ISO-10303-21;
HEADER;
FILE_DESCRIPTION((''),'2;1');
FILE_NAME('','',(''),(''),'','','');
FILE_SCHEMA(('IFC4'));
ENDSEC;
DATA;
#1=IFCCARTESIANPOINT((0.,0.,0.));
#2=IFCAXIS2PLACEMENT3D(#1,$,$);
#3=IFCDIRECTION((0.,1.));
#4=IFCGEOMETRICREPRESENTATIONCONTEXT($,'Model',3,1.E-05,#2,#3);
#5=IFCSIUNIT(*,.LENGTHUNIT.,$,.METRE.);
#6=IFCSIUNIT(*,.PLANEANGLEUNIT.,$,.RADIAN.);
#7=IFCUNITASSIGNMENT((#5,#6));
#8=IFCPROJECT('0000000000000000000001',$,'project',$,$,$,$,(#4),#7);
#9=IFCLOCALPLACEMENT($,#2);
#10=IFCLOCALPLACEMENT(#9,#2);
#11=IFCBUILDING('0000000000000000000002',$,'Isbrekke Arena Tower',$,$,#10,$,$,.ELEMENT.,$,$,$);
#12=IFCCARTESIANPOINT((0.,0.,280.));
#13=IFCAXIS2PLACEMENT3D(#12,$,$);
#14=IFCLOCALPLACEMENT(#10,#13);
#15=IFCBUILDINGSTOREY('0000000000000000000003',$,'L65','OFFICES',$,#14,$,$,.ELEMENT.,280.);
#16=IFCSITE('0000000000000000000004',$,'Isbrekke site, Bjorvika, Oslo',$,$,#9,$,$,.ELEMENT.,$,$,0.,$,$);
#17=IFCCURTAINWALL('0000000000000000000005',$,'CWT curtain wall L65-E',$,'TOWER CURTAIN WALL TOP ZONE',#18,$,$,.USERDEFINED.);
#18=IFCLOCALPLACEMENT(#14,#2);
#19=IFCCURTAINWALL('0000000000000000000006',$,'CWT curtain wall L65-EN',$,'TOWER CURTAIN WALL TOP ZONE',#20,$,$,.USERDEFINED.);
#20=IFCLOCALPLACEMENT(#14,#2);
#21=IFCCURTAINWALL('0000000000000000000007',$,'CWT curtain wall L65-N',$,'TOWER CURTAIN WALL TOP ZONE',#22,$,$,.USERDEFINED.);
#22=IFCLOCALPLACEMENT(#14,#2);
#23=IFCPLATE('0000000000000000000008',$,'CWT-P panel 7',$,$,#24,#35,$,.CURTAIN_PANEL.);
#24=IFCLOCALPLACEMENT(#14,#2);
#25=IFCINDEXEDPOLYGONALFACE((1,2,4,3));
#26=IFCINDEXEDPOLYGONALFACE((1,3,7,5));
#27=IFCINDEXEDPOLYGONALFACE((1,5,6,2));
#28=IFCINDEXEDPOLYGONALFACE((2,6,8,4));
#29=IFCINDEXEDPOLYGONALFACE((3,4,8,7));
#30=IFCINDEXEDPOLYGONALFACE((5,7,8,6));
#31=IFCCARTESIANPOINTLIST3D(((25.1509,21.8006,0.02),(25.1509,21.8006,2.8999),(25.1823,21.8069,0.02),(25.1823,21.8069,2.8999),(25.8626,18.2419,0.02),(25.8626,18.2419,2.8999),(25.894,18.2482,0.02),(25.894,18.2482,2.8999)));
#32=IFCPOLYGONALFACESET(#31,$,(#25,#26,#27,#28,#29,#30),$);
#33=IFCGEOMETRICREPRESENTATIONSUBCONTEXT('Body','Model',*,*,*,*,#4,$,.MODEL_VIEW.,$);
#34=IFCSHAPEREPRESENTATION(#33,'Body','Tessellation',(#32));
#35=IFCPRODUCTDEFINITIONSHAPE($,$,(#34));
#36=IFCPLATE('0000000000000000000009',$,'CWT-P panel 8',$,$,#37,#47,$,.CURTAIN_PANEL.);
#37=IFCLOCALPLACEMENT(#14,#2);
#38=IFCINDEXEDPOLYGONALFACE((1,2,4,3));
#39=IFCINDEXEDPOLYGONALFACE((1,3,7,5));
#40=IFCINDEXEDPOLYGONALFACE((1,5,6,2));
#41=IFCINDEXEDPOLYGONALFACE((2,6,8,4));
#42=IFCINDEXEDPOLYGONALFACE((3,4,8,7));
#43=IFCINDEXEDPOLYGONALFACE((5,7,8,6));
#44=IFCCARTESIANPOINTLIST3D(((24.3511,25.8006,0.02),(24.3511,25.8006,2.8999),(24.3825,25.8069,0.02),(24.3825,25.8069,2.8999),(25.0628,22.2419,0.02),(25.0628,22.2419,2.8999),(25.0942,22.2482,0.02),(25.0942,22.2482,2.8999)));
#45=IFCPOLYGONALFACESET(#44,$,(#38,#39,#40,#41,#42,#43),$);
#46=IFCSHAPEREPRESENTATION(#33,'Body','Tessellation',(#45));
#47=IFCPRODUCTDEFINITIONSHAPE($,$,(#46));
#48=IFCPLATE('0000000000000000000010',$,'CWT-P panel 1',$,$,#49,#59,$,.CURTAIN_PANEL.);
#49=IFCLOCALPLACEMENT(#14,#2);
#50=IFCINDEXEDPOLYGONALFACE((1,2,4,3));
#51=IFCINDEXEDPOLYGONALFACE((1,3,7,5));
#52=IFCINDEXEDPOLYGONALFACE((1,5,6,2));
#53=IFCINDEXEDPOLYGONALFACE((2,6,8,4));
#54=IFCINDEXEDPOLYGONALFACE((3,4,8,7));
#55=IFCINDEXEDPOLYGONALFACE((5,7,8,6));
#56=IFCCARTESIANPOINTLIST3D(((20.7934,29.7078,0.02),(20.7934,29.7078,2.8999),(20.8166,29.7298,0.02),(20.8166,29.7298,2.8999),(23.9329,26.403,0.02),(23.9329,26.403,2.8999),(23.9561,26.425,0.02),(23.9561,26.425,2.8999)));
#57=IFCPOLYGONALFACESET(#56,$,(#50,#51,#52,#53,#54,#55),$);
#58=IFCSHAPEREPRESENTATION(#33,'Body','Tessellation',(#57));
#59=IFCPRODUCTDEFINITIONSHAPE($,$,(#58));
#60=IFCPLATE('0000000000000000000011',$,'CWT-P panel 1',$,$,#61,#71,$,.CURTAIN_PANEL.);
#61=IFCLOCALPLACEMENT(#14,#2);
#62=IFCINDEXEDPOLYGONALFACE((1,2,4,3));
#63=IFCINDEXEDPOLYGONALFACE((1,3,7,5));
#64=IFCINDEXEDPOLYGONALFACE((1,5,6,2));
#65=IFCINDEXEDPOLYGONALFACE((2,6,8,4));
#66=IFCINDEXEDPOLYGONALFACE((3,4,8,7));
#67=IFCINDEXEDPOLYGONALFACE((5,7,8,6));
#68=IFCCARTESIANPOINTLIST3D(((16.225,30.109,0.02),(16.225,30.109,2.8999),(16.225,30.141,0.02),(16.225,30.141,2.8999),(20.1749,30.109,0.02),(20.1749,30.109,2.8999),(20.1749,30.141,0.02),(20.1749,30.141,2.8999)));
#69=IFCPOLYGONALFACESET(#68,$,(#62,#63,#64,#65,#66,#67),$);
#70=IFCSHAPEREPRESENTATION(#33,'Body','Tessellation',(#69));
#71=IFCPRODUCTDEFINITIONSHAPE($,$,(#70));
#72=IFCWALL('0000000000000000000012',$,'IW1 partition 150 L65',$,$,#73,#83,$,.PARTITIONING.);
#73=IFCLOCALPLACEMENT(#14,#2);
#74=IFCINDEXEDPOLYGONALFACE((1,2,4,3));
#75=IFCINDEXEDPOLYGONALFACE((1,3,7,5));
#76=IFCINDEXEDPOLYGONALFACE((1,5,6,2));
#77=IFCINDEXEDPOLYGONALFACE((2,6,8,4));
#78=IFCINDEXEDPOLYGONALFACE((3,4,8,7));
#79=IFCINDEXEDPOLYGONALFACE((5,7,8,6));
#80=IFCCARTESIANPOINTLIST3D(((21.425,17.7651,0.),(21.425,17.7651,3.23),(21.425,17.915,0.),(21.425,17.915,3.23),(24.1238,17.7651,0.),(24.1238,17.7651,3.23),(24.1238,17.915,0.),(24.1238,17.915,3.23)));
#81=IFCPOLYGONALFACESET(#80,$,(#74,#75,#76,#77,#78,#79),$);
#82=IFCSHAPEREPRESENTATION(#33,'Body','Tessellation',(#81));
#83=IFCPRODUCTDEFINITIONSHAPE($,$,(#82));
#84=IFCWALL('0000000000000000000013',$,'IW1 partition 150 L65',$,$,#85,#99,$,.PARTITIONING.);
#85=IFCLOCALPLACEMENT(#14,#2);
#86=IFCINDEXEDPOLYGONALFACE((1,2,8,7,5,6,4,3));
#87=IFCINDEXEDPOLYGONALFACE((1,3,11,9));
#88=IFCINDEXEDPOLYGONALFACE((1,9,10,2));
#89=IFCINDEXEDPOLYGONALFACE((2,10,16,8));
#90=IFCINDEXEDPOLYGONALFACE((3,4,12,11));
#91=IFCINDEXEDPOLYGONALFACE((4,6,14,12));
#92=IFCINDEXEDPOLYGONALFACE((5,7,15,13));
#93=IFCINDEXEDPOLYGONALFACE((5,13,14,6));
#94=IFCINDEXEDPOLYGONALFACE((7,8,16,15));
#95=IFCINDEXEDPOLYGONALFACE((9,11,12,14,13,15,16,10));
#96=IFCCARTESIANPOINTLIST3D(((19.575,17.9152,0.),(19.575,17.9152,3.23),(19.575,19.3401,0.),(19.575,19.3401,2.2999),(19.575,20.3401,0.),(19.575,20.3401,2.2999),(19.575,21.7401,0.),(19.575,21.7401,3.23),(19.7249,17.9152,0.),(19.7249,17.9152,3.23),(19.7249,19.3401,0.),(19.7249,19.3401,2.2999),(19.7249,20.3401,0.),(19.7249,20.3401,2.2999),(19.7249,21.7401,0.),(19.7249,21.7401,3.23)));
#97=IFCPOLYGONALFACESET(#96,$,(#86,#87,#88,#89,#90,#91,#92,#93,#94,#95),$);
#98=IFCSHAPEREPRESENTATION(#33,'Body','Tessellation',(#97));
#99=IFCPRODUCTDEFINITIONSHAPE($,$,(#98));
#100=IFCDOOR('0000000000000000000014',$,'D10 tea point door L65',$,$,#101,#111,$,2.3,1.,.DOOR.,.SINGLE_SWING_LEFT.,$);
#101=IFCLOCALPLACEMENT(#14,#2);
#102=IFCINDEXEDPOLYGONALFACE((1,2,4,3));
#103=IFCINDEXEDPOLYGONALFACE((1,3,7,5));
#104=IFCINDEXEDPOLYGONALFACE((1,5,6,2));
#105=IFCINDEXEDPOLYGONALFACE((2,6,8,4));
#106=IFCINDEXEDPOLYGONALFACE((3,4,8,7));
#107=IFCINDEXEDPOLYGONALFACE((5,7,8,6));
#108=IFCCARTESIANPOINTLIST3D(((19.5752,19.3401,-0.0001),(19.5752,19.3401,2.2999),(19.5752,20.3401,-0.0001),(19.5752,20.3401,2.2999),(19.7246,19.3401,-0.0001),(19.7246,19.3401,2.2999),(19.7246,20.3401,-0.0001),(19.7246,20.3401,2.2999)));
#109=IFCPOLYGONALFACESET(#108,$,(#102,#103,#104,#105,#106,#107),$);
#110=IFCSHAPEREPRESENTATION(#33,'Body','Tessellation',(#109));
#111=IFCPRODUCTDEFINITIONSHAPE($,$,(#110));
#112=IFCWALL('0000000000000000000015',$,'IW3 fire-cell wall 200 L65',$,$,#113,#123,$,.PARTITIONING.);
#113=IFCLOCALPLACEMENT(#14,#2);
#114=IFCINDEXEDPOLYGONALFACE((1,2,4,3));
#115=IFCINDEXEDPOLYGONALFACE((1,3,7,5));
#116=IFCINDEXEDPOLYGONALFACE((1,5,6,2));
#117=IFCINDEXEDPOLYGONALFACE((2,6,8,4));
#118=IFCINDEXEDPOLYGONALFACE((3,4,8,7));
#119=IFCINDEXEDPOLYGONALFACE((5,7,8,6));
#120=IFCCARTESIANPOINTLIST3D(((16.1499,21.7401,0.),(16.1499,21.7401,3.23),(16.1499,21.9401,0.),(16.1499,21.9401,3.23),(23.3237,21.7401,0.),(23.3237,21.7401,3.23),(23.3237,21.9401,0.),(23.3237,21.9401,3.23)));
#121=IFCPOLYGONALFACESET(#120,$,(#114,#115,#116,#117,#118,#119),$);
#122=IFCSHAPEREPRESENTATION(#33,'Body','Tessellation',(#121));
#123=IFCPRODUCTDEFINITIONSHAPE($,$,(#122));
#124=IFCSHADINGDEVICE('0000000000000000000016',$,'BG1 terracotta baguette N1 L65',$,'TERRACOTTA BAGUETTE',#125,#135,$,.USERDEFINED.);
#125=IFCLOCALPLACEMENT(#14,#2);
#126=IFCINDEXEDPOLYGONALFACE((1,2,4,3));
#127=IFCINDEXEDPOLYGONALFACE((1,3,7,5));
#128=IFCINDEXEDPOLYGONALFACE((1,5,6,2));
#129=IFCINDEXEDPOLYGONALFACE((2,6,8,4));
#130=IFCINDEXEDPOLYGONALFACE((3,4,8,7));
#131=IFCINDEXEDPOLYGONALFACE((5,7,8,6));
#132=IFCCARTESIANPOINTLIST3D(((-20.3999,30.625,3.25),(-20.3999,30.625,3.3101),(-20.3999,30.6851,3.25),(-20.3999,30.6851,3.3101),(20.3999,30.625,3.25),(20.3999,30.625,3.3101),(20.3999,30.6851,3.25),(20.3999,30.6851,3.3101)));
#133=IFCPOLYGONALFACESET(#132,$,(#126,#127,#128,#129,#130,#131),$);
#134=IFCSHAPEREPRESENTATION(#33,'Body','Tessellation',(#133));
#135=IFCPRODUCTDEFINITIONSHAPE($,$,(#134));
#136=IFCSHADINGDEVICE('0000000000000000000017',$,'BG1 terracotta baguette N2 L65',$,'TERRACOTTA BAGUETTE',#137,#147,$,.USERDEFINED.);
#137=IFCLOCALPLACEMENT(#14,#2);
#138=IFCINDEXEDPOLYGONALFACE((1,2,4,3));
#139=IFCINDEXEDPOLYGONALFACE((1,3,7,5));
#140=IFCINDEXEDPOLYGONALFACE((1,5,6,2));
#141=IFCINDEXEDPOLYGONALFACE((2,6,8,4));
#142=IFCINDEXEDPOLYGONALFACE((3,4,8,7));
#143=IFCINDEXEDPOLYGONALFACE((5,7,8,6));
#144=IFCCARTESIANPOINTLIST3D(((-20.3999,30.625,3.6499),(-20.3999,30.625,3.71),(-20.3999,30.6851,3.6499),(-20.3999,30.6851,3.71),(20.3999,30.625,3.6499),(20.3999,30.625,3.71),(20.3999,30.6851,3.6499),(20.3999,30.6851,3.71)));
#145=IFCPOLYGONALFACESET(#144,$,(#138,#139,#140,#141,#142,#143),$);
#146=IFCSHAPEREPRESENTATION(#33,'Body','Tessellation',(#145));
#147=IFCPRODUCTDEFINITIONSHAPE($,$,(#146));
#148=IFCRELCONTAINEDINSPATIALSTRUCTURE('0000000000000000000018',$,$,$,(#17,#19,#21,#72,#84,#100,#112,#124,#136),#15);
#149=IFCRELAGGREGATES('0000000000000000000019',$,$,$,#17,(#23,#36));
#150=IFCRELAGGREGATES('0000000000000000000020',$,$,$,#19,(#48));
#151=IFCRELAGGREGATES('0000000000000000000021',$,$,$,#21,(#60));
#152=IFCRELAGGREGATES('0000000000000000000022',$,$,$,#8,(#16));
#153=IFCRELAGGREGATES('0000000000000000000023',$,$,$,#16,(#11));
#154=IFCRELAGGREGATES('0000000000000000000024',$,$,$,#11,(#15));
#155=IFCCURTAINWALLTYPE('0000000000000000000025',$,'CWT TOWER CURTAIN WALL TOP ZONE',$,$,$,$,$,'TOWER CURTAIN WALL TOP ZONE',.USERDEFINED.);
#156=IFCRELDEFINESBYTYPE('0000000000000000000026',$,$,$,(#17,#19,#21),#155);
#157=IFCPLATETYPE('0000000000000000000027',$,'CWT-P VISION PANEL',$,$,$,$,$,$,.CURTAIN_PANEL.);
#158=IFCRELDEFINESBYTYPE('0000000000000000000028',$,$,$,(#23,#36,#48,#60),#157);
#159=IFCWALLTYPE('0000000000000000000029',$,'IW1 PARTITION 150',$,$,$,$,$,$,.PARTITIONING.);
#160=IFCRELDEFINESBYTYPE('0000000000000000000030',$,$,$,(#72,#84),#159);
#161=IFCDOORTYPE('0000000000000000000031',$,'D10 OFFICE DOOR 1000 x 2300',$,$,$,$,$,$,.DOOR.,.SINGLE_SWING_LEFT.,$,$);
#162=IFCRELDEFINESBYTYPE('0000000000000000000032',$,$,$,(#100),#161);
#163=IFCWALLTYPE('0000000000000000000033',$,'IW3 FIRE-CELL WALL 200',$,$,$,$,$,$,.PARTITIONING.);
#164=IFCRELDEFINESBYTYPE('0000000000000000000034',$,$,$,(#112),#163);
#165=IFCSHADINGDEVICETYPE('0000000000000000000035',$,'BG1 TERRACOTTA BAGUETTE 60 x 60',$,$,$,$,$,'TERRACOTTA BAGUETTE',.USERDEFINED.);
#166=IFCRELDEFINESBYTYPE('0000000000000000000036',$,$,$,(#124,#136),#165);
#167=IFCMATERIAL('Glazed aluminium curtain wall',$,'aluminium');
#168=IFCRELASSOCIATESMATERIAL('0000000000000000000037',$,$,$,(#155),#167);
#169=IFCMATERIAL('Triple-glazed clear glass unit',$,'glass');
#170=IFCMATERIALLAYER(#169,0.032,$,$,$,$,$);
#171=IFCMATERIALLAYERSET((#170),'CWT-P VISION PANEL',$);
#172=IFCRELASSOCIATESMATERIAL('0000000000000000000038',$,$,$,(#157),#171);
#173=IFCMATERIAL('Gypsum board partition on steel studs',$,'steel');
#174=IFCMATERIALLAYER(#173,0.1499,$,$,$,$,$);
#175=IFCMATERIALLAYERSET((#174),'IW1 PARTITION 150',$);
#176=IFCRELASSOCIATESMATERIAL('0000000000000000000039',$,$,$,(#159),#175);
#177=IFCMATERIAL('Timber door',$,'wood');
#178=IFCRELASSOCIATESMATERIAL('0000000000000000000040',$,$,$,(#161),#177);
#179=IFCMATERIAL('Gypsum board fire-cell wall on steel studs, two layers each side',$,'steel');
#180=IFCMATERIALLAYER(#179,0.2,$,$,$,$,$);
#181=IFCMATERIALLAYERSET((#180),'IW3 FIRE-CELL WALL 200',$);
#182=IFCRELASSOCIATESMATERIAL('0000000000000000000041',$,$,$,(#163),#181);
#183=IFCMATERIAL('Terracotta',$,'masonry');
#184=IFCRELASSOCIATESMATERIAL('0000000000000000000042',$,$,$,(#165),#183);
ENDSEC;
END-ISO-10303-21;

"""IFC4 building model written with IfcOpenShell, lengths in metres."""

from ifc_helpers import new_model, si_unit, direction, frame, frame_2d, origin, origin_2d, place, context, subcontext, project, spatial, rectangle, extrude, material, layer, layer_set, material_profile, profile_set, type_object, element, fill, aggregate, save


model = new_model("IFC4")

# Units and contexts
model_context = context("Model", 3, precision=1e-05, world=origin(), true_north=direction((0.0, 1.0)))
body_context = subcontext(model_context, "Body", "Model", "MODEL_VIEW")
ifc_project = project(units=[si_unit("LENGTHUNIT", "METRE"), si_unit("PLANEANGLEUNIT", "RADIAN")], contexts=[model_context])

# Site, building, storey
site_placement = place(None, origin())
site = spatial("IfcSite", under=ifc_project, at=site_placement, Name="Isbrekke site, Bjorvika, Oslo", CompositionType="ELEMENT", RefElevation=0.0)
building_placement = place(site_placement, origin())
building = spatial("IfcBuilding", under=site, at=building_placement, Name="Isbrekke Arena Tower", CompositionType="ELEMENT")
storey_placement = place(building_placement, frame((0.0, 0.0, 280.0)))
storey = spatial("IfcBuildingStorey", under=building, at=storey_placement, Name="L65", Description="OFFICES", CompositionType="ELEMENT", Elevation=280.0)

# Curtain walls
ifc_material_1 = material(Name="Glazed aluminium curtain wall", Category="aluminium")
curtain_wall_type = type_object("IfcCurtainWallType", Name="CWT TOWER CURTAIN WALL TOP ZONE", ElementType="TOWER CURTAIN WALL TOP ZONE", PredefinedType="USERDEFINED", material=ifc_material_1)
curtain_wall_1_placement = place(storey_placement, origin())
curtain_wall_1 = element("IfcCurtainWall", 1, at=curtain_wall_1_placement, inside=storey, type_object=curtain_wall_type, Name="CWT curtain wall L65-E", ObjectType="TOWER CURTAIN WALL TOP ZONE", PredefinedType="USERDEFINED")
curtain_wall_2_placement = place(storey_placement, origin())
curtain_wall_2 = element("IfcCurtainWall", 2, at=curtain_wall_2_placement, inside=storey, type_object=curtain_wall_type, Name="CWT curtain wall L65-EN", ObjectType="TOWER CURTAIN WALL TOP ZONE", PredefinedType="USERDEFINED")

# Curtain wall
curtain_wall_3_placement = place(storey_placement, origin())
curtain_wall_3 = element("IfcCurtainWall", 3, at=curtain_wall_3_placement, inside=storey, type_object=curtain_wall_type, Name="CWT curtain wall L65-N", ObjectType="TOWER CURTAIN WALL TOP ZONE", PredefinedType="USERDEFINED")

# Plates
ifc_material_2 = material(Name="Triple-glazed clear glass unit", Category="glass")
ifc_layer_1 = layer(ifc_material_2, 0.032)
ifc_layer_set_1 = layer_set([ifc_layer_1], Name="CWT-P VISION PANEL")
plate_type = type_object("IfcPlateType", Name="CWT-P VISION PANEL", PredefinedType="CURTAIN_PANEL", material=ifc_layer_set_1)
plate_1_placement = place(storey_placement, frame((25.5225, 20.0244, 0.02), z_axis=(0.0, 0.0, 1.0), x_axis=(-0.196116, 0.980581, 0.0)))
plate_1 = element("IfcPlate", 4, at=plate_1_placement, type_object=plate_type, Name="CWT-P panel 7", PredefinedType="CURTAIN_PANEL", context=body_context, shape_type="SweptSolid", body=[
    extrude(rectangle(XDim=3.6292, YDim=0.032, at=origin_2d()), origin(), (0.0, 0.0, 1.0), 2.8799),
])
plate_2_placement = place(storey_placement, frame((24.7227, 24.0244, 0.02), z_axis=(0.0, 0.0, 1.0), x_axis=(-0.196116, 0.980581, 0.0)))
plate_2 = element("IfcPlate", 5, at=plate_2_placement, type_object=plate_type, Name="CWT-P panel 8", PredefinedType="CURTAIN_PANEL", context=body_context, shape_type="SweptSolid", body=[
    extrude(rectangle(XDim=3.6292, YDim=0.032, at=origin_2d()), origin(), (0.0, 0.0, 1.0), 2.8799),
])
aggregate(curtain_wall_1, [plate_1, plate_2])
plate_3_placement = place(storey_placement, frame((22.3748, 28.0664, 0.02), z_axis=(0.0, 0.0, 1.0), x_axis=(-0.688749, 0.724999, 0.0)))
plate_3 = element("IfcPlate", 6, at=plate_3_placement, type_object=plate_type, Name="CWT-P panel 1", PredefinedType="CURTAIN_PANEL", context=body_context, shape_type="SweptSolid", body=[
    extrude(rectangle(XDim=4.5583, YDim=0.032, at=origin_2d()), origin(), (0.0, 0.0, 1.0), 2.8799),
])
aggregate(curtain_wall_2, [plate_3])
plate_4_placement = place(storey_placement, frame((18.2, 30.125, 0.02), z_axis=(0.0, 0.0, 1.0), x_axis=(-1.0, 0.0, 0.0)))
plate_4 = element("IfcPlate", 7, at=plate_4_placement, type_object=plate_type, Name="CWT-P panel 1", PredefinedType="CURTAIN_PANEL", context=body_context, shape_type="SweptSolid", body=[
    extrude(rectangle(XDim=3.95, YDim=0.032, at=origin_2d()), origin(), (0.0, 0.0, 1.0), 2.8799),
])
aggregate(curtain_wall_3, [plate_4])

# Wall
ifc_material_3 = material(Name="Gypsum board partition on steel studs", Category="steel")
ifc_layer_2 = layer(ifc_material_3, 0.1499)
ifc_layer_set_2 = layer_set([ifc_layer_2], Name="IW1 PARTITION 150")
wall_type_1 = type_object("IfcWallType", Name="IW1 PARTITION 150", PredefinedType="PARTITIONING", material=ifc_layer_set_2)
wall_1_placement = place(storey_placement, frame((21.425, 17.8401, 0.0), z_axis=(0.0, 0.0, 1.0), x_axis=(1.0, 0.0, 0.0)))
element("IfcWall", 8, at=wall_1_placement, inside=storey, type_object=wall_type_1, Name="IW1 partition 150 L65", PredefinedType="PARTITIONING", context=body_context, shape_type="SweptSolid", body=[
    extrude(rectangle(XDim=2.6987, YDim=0.1499, at=frame_2d((1.3494, 0.0))), origin(), (0.0, 0.0, 1.0), 3.23),
])

# Wall, opening, door
wall_2_placement = place(storey_placement, frame((19.6499, 17.915, 0.0), z_axis=(0.0, 0.0, 1.0), x_axis=(0.0, 1.0, 0.0)))
wall_2 = element("IfcWall", 9, at=wall_2_placement, inside=storey, type_object=wall_type_1, Name="IW1 partition 150 L65", PredefinedType="PARTITIONING", context=body_context, shape_type="SweptSolid", body=[
    extrude(rectangle(XDim=3.825, YDim=0.1499, at=frame_2d((1.9126, 0.0))), origin(), (0.0, 0.0, 1.0), 3.23),
])
opening_placement = place(wall_2_placement, frame((1.425, 0.0, 0.0)))
opening = element("IfcOpeningElement", 10, at=opening_placement, cuts=wall_2, PredefinedType="OPENING", context=body_context, shape_type="SweptSolid", body=[
    extrude(rectangle(XDim=1.0, YDim=2.3, at=frame_2d((0.5, 1.1499))), frame((0.0, 0.0898, 0.0), z_axis=(0.0, -1.0, 0.0), x_axis=(1.0, 0.0, 0.0)), (0.0, 0.0, 1.0), 0.1797),
])
ifc_material_4 = material(Name="Timber door", Category="wood")
door_type = type_object("IfcDoorType", Name="D10 OFFICE DOOR 1000 x 2300", OperationType="SINGLE_SWING_LEFT", PredefinedType="DOOR", material=ifc_material_4)
door_placement = place(opening_placement, origin())
door = element("IfcDoor", 11, at=door_placement, inside=storey, type_object=door_type, Name="D10 tea point door L65", OperationType="SINGLE_SWING_LEFT", OverallHeight=2.3, OverallWidth=1.0, PredefinedType="DOOR", context=body_context, shape_type="SweptSolid", body=[
    extrude(rectangle(XDim=1.0, YDim=2.3, at=frame_2d((0.5, 1.1499))), frame((0.0, 0.0747, 0.0), z_axis=(0.0, -1.0, 0.0), x_axis=(1.0, 0.0, 0.0)), (0.0, 0.0, 1.0), 0.1494),
])
fill(opening, door)

# Wall
ifc_material_5 = material(Name="Gypsum board fire-cell wall on steel studs, two layers each side", Category="steel")
ifc_layer_3 = layer(ifc_material_5, 0.2)
ifc_layer_set_3 = layer_set([ifc_layer_3], Name="IW3 FIRE-CELL WALL 200")
wall_type_2 = type_object("IfcWallType", Name="IW3 FIRE-CELL WALL 200", PredefinedType="PARTITIONING", material=ifc_layer_set_3)
wall_3_placement = place(storey_placement, frame((16.1499, 21.8401, 0.0), z_axis=(0.0, 0.0, 1.0), x_axis=(1.0, 0.0, 0.0)))
element("IfcWall", 12, at=wall_3_placement, inside=storey, type_object=wall_type_2, Name="IW3 fire-cell wall 200 L65", PredefinedType="PARTITIONING", context=body_context, shape_type="SweptSolid", body=[
    extrude(rectangle(XDim=7.1738, YDim=0.2, at=frame_2d((3.5869, 0.0))), origin(), (0.0, 0.0, 1.0), 3.23),
])

# Shading devices
ifc_material_6 = material(Name="Terracotta", Category="masonry")
ifc_material_profile_1 = material_profile(ifc_material_6, rectangle(XDim=0.0601, YDim=0.0601, at=origin_2d()), Name="BAGUETTE 60X60")
ifc_profile_set_1 = profile_set([ifc_material_profile_1], Name="Terracotta")
shading_device_type = type_object("IfcShadingDeviceType", Name="BG1 TERRACOTTA BAGUETTE 60 x 60", ElementType="TERRACOTTA BAGUETTE", PredefinedType="USERDEFINED", material=ifc_profile_set_1)
for number, where, z_axis, x_axis, name in (
    (13, (20.3999, 30.655, 3.28), (-1.0, 0.0, 0.0), (0.0, -1.0, 0.0), "BG1 terracotta baguette N1 L65"),
    (14, (20.3999, 30.655, 3.6799), (-1.0, 0.0, 0.0), (0.0, -1.0, 0.0), "BG1 terracotta baguette N2 L65"),
):
    element("IfcShadingDevice", number, at=place(storey_placement, frame(where, z_axis=z_axis, x_axis=x_axis)), inside=storey, type_object=shading_device_type, Name=name, ObjectType="TERRACOTTA BAGUETTE", PredefinedType="USERDEFINED", context=body_context, shape_type="SweptSolid", body=[
        extrude(rectangle(XDim=0.0601, YDim=0.0601, at=origin_2d()), origin(), (0.0, 0.0, 1.0), 40.7998),
    ])

save(model, "model.ifc")
